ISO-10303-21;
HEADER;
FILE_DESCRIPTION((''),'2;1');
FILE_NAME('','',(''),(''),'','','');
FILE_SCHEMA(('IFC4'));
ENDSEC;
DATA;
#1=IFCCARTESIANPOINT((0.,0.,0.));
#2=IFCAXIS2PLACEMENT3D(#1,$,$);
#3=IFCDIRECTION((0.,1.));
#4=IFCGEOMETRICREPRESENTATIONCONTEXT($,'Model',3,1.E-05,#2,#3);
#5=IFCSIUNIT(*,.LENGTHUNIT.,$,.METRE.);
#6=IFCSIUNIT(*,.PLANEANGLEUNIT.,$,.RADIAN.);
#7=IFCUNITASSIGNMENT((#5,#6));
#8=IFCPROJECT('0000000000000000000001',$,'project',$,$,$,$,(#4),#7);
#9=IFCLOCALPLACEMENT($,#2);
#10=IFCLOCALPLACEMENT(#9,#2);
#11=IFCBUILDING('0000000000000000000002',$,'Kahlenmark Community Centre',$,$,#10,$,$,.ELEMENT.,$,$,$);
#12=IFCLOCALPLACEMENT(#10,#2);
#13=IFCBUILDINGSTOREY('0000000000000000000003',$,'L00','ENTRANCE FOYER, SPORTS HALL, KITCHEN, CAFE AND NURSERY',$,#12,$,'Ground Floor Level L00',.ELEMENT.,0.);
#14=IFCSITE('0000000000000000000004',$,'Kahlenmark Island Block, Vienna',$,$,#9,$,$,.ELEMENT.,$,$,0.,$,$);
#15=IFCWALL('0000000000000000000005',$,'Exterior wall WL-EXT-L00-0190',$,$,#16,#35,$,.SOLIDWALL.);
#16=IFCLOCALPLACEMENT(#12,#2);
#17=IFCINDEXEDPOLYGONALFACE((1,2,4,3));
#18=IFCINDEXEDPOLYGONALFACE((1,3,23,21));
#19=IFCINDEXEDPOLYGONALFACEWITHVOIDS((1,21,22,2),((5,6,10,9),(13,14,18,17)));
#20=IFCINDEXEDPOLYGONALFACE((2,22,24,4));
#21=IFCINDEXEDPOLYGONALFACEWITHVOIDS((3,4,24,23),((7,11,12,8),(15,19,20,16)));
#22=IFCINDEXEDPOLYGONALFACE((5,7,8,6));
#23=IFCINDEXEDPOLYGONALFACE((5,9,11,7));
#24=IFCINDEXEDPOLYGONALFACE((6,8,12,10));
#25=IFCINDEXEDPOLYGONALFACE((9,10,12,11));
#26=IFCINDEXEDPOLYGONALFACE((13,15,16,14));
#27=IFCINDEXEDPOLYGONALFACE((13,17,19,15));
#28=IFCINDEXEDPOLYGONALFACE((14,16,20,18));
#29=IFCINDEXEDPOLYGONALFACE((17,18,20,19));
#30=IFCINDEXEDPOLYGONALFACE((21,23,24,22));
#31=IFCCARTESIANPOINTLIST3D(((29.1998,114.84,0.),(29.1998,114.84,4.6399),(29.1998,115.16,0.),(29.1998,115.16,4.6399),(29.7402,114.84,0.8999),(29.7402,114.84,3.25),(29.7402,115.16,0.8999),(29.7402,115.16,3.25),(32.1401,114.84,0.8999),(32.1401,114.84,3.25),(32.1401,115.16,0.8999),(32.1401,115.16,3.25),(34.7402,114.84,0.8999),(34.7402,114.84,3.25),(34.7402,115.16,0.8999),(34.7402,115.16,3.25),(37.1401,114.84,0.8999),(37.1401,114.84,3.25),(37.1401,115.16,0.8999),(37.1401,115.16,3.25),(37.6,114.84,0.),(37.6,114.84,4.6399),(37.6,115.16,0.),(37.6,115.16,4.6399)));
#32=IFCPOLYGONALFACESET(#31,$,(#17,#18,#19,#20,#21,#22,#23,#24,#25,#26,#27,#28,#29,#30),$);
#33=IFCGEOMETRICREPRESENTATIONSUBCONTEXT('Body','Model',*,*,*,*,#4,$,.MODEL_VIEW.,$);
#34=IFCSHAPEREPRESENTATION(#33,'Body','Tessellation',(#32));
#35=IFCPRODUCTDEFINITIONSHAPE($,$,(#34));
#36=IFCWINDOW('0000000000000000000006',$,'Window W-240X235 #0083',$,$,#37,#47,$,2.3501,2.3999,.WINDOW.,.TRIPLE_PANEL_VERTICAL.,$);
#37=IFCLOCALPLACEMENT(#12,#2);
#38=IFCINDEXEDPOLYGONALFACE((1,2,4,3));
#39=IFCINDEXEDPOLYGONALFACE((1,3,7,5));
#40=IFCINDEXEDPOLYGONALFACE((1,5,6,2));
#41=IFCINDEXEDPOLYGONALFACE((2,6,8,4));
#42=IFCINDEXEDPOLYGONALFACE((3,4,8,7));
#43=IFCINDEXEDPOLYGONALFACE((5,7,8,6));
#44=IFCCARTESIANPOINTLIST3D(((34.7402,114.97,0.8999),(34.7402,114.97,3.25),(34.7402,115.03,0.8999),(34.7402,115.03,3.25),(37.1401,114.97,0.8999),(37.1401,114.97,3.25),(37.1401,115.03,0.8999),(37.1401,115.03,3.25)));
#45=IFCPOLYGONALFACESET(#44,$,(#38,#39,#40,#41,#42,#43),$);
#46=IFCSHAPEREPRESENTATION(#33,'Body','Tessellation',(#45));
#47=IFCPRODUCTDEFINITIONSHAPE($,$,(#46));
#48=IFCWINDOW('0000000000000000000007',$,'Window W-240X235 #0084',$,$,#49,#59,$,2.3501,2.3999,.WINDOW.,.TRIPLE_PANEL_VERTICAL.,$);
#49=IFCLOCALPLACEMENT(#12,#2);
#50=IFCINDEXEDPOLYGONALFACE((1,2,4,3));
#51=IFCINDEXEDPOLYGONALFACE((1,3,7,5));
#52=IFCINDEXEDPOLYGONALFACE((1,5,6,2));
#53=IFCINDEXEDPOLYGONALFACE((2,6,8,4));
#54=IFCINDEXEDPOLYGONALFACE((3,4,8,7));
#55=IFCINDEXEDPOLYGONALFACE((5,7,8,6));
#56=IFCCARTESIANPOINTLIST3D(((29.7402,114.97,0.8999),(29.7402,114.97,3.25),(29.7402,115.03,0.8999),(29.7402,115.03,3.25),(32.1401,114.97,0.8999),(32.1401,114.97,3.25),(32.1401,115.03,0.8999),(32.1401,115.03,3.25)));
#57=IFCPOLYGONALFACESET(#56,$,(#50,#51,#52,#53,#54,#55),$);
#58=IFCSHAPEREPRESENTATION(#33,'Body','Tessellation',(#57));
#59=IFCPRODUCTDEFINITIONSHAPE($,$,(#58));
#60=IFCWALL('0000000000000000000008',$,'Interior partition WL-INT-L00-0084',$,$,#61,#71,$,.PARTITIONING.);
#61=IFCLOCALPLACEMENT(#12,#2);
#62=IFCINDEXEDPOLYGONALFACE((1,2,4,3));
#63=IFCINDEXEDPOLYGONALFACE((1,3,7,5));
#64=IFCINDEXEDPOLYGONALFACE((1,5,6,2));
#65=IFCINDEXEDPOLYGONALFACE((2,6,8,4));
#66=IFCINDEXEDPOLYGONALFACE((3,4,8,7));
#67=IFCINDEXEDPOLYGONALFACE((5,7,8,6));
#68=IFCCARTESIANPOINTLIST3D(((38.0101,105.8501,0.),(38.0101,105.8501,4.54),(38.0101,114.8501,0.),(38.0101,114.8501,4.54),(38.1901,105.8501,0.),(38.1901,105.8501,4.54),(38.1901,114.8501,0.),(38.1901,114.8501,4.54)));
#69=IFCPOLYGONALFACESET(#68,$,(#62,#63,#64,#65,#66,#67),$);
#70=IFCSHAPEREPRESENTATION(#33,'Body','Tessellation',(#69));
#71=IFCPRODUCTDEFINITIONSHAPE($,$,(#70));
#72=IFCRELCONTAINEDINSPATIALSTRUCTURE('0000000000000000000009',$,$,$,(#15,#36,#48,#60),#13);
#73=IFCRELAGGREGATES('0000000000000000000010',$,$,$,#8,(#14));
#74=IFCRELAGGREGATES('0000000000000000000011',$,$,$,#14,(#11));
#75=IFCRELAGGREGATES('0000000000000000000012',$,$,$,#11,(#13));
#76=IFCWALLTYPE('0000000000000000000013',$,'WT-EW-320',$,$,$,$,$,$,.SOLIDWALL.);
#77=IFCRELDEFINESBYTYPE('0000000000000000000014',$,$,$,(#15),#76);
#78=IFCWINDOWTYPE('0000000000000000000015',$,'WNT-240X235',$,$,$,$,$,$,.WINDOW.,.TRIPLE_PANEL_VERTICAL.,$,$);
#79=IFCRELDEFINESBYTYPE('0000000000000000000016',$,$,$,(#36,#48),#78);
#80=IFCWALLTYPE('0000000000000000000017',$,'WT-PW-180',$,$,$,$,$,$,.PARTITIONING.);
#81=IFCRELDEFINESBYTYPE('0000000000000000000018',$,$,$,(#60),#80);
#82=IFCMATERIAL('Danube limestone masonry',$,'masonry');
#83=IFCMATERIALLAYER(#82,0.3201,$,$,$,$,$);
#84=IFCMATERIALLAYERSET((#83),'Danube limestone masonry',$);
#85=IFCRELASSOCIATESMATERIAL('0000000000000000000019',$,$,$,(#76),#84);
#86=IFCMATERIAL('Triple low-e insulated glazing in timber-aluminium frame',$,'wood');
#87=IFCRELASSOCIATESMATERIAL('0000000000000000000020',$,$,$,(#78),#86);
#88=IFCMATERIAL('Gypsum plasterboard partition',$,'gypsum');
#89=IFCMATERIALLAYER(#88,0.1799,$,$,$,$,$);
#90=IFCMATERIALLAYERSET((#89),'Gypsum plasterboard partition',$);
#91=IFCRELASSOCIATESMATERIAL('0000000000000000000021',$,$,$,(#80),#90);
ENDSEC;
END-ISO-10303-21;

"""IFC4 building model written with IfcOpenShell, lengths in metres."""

from ifc_helpers import new_model, si_unit, direction, frame, frame_2d, origin, place, context, subcontext, project, spatial, rectangle, extrude, material, layer, layer_set, type_object, element, fill, save


model = new_model("IFC4")

# Units and contexts
model_context = context("Model", 3, precision=1e-05, world=origin(), true_north=direction((0.0, 1.0)))
body_context = subcontext(model_context, "Body", "Model", "MODEL_VIEW")
ifc_project = project(units=[si_unit("LENGTHUNIT", "METRE"), si_unit("PLANEANGLEUNIT", "RADIAN")], contexts=[model_context])

# Site, building, storey
site_placement = place(None, origin())
site = spatial("IfcSite", under=ifc_project, at=site_placement, Name="Kahlenmark Island Block, Vienna", CompositionType="ELEMENT", RefElevation=0.0)
building_placement = place(site_placement, origin())
building = spatial("IfcBuilding", under=site, at=building_placement, Name="Kahlenmark Community Centre", CompositionType="ELEMENT")
storey_placement = place(building_placement, origin())
storey = spatial("IfcBuildingStorey", under=building, at=storey_placement, Name="L00", Description="ENTRANCE FOYER, SPORTS HALL, KITCHEN, CAFE AND NURSERY", LongName="Ground Floor Level L00", CompositionType="ELEMENT", Elevation=0.0)

# Wall, openings, windows
ifc_material_1 = material(Name="Danube limestone masonry", Category="masonry")
ifc_layer_1 = layer(ifc_material_1, 0.3201)
ifc_layer_set_1 = layer_set([ifc_layer_1], Name="Danube limestone masonry")
wall_type_1 = type_object("IfcWallType", Name="WT-EW-320", PredefinedType="SOLIDWALL", material=ifc_layer_set_1)
wall_1_placement = place(storey_placement, frame((37.6001, 115.0, 0.0), z_axis=(0.0, 0.0, 1.0), x_axis=(-1.0, 0.0, 0.0)))
wall_1 = element("IfcWall", 1, at=wall_1_placement, inside=storey, type_object=wall_type_1, Name="Exterior wall WL-EXT-L00-0190", PredefinedType="SOLIDWALL", context=body_context, shape_type="SweptSolid", body=[
    extrude(rectangle(XDim=8.4001, YDim=0.3201, at=frame_2d((4.2002, 0.0))), origin(), (0.0, 0.0, 1.0), 4.6399),
])
opening_1_placement = place(wall_1_placement, frame((0.46, 0.0, 0.8999)))
opening_1 = element("IfcOpeningElement", 2, at=opening_1_placement, cuts=wall_1, PredefinedType="OPENING", context=body_context, shape_type="SweptSolid", body=[
    extrude(rectangle(XDim=2.3999, YDim=2.3501, at=frame_2d((1.2, 1.175))), frame((0.0, 0.1699, 0.0), z_axis=(0.0, -1.0, 0.0), x_axis=(1.0, 0.0, 0.0)), (0.0, 0.0, 1.0), 0.3401),
])
opening_2_placement = place(wall_1_placement, frame((5.46, 0.0, 0.8999)))
opening_2 = element("IfcOpeningElement", 3, at=opening_2_placement, cuts=wall_1, PredefinedType="OPENING", context=body_context, shape_type="SweptSolid", body=[
    extrude(rectangle(XDim=2.3999, YDim=2.3501, at=frame_2d((1.2, 1.175))), frame((0.0, 0.1699, 0.0), z_axis=(0.0, -1.0, 0.0), x_axis=(1.0, 0.0, 0.0)), (0.0, 0.0, 1.0), 0.3401),
])
ifc_material_2 = material(Name="Triple low-e insulated glazing in timber-aluminium frame", Category="wood")
window_type = type_object("IfcWindowType", Name="WNT-240X235", PartitioningType="TRIPLE_PANEL_VERTICAL", PredefinedType="WINDOW", material=ifc_material_2)
window_1_placement = place(opening_1_placement, origin())
window_1 = element("IfcWindow", 4, at=window_1_placement, inside=storey, type_object=window_type, Name="Window W-240X235 #0083", OverallHeight=2.3501, OverallWidth=2.3999, PartitioningType="TRIPLE_PANEL_VERTICAL", PredefinedType="WINDOW", context=body_context, shape_type="SweptSolid", body=[
    extrude(rectangle(XDim=2.3999, YDim=2.3501, at=frame_2d((1.2, 1.175))), frame((0.0, 0.03, 0.0), z_axis=(0.0, -1.0, 0.0), x_axis=(1.0, 0.0, 0.0)), (0.0, 0.0, 1.0), 0.0601),
])
fill(opening_1, window_1)
window_2_placement = place(opening_2_placement, origin())
window_2 = element("IfcWindow", 5, at=window_2_placement, inside=storey, type_object=window_type, Name="Window W-240X235 #0084", OverallHeight=2.3501, OverallWidth=2.3999, PartitioningType="TRIPLE_PANEL_VERTICAL", PredefinedType="WINDOW", context=body_context, shape_type="SweptSolid", body=[
    extrude(rectangle(XDim=2.3999, YDim=2.3501, at=frame_2d((1.2, 1.175))), frame((0.0, 0.03, 0.0), z_axis=(0.0, -1.0, 0.0), x_axis=(1.0, 0.0, 0.0)), (0.0, 0.0, 1.0), 0.0601),
])
fill(opening_2, window_2)

# Shared definitions
ifc_material_3 = material(Name="Gypsum plasterboard partition", Category="gypsum")
ifc_layer_2 = layer(ifc_material_3, 0.1799)
ifc_layer_set_2 = layer_set([ifc_layer_2], Name="Gypsum plasterboard partition")
wall_type_2 = type_object("IfcWallType", Name="WT-PW-180", PredefinedType="PARTITIONING", material=ifc_layer_set_2)

# Wall
wall_2_placement = place(storey_placement, frame((38.1001, 105.8501, 0.0), z_axis=(0.0, 0.0, 1.0), x_axis=(0.0, 1.0, 0.0)))
element("IfcWall", 6, at=wall_2_placement, inside=storey, type_object=wall_type_2, Name="Interior partition WL-INT-L00-0084", PredefinedType="PARTITIONING", context=body_context, shape_type="SweptSolid", body=[
    extrude(rectangle(XDim=9.0, YDim=0.1799, at=frame_2d((4.5, 0.0))), origin(), (0.0, 0.0, 1.0), 4.54),
])

save(model, "model.ifc")
